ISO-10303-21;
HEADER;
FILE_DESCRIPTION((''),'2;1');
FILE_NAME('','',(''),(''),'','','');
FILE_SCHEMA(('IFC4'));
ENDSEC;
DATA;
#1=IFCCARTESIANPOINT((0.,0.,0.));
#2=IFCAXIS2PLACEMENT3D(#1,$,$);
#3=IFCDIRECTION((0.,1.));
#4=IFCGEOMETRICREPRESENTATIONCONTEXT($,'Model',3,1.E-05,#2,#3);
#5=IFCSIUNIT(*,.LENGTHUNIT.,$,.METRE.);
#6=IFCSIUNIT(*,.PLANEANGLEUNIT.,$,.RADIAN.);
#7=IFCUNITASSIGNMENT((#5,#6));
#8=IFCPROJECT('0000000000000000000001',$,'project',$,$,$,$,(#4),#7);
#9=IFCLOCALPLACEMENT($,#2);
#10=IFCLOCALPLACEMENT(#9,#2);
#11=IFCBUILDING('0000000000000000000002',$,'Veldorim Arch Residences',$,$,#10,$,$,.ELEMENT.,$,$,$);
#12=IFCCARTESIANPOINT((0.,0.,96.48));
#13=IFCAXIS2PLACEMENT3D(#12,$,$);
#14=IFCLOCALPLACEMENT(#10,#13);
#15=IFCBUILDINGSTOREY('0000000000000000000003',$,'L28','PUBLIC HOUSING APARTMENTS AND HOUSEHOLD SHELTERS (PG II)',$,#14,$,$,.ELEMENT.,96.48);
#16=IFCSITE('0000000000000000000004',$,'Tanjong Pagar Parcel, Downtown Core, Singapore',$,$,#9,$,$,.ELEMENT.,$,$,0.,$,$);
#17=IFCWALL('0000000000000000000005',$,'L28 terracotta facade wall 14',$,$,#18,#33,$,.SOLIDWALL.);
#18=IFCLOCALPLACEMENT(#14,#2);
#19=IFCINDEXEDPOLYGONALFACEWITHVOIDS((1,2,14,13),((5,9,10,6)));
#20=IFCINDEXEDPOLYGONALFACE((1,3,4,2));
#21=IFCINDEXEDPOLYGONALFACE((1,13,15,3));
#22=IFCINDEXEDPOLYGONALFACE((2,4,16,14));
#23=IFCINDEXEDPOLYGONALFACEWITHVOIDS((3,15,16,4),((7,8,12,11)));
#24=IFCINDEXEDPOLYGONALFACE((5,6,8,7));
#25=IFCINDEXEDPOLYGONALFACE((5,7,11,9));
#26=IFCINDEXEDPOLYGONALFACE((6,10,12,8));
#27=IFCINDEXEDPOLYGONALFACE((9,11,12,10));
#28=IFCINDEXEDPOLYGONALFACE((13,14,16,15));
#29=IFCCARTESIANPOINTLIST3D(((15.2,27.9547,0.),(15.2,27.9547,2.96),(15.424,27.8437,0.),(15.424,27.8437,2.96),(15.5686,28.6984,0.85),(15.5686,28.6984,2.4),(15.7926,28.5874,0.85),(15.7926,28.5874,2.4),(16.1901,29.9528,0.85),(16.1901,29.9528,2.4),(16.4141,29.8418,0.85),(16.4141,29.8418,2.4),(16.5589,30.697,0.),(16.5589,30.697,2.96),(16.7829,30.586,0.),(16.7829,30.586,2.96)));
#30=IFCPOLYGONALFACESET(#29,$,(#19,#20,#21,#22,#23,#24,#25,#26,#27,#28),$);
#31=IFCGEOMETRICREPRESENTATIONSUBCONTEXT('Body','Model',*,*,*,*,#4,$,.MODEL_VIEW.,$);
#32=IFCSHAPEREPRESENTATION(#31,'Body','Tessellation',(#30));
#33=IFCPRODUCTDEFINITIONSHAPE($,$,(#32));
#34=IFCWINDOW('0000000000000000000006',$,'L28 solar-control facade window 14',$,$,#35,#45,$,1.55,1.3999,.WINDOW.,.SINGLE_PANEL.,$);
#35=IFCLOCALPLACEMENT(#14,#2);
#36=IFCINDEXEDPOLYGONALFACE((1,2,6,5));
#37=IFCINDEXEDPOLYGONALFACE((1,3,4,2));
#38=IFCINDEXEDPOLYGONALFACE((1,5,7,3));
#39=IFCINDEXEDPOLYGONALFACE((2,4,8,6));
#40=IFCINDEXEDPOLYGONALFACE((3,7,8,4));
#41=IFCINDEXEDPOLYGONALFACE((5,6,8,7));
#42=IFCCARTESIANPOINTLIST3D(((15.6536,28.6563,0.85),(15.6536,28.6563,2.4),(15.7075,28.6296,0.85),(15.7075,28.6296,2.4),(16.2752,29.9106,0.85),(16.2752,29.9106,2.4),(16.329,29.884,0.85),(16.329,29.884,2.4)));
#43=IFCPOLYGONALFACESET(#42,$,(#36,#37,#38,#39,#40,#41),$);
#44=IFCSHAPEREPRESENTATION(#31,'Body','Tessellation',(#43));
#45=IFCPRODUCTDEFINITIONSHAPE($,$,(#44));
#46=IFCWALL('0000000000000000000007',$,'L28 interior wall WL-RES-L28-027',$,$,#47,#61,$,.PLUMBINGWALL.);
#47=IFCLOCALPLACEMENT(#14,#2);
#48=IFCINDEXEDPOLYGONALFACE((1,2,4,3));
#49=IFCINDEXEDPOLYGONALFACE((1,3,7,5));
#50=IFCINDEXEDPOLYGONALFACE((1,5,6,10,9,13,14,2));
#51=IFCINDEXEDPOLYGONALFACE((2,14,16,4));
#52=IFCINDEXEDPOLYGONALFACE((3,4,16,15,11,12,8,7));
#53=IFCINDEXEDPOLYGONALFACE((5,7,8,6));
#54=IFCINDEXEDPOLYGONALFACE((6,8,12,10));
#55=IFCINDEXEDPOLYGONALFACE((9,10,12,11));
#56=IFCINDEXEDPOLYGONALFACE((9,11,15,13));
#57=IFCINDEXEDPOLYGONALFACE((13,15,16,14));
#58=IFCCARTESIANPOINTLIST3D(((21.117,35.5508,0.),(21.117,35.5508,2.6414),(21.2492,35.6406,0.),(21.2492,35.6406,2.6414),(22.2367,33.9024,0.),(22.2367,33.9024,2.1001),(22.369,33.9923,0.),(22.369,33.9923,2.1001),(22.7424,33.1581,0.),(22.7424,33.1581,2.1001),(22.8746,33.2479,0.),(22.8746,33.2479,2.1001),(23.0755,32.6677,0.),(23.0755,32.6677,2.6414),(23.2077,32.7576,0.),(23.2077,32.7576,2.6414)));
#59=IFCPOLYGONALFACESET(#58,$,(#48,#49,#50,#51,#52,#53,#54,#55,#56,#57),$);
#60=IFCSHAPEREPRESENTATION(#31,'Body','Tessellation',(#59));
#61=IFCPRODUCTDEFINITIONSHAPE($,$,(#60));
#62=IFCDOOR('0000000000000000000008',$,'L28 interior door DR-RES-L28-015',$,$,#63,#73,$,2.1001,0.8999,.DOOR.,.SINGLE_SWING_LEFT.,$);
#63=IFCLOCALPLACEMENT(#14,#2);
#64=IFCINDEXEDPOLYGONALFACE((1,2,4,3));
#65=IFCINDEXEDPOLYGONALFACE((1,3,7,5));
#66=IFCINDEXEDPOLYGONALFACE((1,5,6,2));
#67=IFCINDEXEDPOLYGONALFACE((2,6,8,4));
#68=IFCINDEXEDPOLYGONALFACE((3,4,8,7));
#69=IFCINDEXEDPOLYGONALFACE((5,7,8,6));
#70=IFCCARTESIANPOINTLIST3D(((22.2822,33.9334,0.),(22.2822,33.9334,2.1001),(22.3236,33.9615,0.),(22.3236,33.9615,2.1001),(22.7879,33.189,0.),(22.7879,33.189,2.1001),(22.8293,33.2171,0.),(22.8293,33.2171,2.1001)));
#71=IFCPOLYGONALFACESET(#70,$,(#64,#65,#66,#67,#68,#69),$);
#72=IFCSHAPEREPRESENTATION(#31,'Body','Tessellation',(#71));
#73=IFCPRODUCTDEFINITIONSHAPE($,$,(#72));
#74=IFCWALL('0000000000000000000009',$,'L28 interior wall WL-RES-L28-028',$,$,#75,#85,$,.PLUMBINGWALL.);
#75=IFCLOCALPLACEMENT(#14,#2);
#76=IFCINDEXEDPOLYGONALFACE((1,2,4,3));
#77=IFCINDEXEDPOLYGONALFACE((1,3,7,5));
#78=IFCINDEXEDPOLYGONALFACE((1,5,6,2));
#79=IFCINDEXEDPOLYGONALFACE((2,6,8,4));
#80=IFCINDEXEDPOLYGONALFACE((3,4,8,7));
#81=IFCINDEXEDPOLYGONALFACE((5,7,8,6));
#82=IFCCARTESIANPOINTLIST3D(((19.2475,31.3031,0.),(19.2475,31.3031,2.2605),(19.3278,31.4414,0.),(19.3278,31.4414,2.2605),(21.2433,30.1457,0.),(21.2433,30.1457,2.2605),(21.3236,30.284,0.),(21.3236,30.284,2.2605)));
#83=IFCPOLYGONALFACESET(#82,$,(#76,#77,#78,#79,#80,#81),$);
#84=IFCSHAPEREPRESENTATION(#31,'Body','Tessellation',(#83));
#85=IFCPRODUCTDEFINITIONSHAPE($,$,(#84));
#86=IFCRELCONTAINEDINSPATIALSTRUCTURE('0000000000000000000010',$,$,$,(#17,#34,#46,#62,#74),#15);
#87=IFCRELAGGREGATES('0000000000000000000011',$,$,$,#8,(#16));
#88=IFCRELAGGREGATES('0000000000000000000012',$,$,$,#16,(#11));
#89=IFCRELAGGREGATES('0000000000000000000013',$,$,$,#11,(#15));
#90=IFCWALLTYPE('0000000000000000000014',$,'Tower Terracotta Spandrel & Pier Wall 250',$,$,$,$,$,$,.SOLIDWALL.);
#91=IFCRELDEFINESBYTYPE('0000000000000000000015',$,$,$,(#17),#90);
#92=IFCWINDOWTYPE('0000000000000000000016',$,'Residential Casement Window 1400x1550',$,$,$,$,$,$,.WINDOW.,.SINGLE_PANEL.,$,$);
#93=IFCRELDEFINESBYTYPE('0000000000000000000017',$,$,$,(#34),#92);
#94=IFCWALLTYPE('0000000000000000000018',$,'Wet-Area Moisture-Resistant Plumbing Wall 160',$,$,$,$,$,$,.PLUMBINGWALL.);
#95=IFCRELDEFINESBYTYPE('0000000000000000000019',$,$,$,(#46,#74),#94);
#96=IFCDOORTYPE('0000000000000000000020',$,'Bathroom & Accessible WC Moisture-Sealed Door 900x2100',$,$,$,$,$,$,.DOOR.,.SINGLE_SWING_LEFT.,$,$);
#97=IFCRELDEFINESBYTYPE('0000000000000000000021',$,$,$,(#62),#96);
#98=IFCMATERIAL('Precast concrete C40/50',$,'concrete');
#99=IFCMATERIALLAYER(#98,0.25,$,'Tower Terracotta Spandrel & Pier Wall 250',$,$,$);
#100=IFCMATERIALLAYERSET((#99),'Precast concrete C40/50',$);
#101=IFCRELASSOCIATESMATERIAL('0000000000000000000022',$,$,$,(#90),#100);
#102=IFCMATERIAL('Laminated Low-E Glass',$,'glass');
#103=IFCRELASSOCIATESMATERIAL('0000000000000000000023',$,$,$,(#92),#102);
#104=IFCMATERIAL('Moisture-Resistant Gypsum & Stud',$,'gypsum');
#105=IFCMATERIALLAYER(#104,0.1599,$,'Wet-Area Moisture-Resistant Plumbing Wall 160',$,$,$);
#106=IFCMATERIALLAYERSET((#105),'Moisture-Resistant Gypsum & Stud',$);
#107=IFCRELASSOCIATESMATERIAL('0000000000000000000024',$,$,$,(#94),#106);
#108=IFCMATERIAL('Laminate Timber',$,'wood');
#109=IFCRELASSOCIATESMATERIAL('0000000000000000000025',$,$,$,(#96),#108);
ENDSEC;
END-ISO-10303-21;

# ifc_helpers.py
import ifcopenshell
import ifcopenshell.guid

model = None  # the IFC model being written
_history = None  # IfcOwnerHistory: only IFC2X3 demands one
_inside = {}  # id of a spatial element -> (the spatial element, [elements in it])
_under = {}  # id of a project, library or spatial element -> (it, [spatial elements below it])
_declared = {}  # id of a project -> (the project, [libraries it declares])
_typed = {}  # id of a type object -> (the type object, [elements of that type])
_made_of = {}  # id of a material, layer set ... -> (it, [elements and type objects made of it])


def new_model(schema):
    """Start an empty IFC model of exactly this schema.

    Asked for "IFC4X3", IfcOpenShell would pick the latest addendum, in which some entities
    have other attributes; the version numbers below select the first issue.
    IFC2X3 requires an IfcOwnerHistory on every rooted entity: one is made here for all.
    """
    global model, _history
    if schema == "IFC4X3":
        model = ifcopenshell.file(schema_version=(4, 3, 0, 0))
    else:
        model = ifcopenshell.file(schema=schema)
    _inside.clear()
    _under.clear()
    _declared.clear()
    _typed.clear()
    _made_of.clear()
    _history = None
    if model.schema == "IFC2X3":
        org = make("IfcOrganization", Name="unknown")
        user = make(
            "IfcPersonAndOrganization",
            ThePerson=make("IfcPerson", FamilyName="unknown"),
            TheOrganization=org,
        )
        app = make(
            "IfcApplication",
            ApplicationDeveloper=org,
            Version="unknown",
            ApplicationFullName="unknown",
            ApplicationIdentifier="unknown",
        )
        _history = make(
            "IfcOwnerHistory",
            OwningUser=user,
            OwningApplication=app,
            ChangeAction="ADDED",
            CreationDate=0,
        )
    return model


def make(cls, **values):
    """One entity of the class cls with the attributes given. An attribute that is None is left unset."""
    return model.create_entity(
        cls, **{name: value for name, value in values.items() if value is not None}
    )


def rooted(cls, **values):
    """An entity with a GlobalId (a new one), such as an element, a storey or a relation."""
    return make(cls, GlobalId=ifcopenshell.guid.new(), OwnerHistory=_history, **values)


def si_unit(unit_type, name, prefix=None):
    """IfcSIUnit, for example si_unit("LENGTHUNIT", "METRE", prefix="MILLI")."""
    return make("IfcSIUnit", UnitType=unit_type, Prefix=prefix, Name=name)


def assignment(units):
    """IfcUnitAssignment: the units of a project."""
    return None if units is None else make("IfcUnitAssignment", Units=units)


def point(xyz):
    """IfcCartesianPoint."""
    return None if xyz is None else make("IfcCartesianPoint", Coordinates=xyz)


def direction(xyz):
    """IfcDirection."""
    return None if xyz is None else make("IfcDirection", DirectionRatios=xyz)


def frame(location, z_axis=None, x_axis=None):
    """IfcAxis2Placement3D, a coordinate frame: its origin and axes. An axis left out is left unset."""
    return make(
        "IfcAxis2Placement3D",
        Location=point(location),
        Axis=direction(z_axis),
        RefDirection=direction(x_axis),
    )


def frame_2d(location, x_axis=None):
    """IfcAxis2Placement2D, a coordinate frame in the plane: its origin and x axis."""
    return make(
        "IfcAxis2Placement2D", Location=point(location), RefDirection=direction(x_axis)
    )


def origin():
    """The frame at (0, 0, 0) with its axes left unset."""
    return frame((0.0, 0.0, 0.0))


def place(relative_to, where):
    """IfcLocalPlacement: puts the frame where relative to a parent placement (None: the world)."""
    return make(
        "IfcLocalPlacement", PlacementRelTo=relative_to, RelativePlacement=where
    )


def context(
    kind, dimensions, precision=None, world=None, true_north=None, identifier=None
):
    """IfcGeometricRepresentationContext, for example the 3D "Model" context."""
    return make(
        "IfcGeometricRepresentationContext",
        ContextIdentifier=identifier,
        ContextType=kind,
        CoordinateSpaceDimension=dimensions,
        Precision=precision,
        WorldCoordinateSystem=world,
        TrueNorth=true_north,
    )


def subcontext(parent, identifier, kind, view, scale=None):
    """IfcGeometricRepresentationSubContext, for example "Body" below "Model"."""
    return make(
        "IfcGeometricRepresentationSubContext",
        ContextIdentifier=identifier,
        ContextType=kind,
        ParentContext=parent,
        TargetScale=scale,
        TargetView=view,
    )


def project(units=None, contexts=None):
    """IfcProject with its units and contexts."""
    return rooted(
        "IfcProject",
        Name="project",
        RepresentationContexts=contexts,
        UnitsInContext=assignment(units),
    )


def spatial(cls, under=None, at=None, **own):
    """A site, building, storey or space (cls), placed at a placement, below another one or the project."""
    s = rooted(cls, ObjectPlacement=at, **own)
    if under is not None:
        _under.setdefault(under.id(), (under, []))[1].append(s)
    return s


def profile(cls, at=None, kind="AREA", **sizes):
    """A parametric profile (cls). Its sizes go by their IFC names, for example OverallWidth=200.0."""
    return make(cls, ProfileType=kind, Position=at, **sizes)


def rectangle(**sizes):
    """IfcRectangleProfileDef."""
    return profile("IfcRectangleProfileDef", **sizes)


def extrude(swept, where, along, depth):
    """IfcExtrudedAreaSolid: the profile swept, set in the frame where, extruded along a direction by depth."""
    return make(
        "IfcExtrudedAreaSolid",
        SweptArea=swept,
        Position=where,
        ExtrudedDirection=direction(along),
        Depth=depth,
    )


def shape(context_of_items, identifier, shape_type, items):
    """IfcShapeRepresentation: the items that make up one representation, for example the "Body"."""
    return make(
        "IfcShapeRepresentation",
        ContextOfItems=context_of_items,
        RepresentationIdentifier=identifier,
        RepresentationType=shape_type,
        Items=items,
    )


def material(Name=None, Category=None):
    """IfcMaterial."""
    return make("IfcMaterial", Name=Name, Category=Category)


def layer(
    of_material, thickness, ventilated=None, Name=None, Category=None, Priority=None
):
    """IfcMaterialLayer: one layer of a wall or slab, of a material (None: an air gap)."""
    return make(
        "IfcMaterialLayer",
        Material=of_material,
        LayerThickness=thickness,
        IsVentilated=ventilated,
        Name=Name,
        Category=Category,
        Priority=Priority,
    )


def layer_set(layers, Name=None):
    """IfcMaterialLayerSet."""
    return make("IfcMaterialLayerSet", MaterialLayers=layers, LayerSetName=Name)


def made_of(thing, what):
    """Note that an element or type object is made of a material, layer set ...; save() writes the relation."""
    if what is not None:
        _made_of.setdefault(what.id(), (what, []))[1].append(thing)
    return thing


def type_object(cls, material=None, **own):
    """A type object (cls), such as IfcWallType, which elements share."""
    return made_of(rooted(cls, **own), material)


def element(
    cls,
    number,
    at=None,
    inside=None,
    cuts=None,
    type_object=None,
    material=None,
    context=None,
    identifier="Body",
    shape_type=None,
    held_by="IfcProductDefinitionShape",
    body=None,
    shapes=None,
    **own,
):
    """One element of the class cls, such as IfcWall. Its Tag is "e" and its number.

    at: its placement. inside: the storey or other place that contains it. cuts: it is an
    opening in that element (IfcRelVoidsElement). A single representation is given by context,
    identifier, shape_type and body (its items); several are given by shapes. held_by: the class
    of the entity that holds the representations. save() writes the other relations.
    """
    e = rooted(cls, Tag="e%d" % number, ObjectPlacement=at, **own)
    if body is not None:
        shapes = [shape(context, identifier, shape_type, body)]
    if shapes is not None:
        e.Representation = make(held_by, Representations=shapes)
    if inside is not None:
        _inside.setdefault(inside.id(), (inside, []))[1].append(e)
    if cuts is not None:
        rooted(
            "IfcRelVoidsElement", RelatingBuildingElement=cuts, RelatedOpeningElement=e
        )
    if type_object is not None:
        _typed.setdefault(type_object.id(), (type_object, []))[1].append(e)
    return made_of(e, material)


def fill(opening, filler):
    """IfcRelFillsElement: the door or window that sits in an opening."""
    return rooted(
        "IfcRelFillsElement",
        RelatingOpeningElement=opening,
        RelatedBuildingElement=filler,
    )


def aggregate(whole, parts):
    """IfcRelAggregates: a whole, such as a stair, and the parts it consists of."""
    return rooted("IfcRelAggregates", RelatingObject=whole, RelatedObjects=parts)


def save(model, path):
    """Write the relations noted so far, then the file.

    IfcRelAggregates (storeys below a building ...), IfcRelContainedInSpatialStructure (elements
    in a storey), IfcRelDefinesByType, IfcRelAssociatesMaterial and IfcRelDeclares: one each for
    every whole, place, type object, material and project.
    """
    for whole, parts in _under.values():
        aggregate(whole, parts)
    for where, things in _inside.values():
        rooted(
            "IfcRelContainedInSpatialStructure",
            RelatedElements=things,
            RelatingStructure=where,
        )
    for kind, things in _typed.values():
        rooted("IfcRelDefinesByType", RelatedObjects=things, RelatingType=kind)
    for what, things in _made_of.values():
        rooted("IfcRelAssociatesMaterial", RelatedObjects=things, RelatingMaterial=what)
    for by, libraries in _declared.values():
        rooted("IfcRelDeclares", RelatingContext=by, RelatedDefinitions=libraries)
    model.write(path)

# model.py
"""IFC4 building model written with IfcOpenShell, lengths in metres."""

from ifc_helpers import new_model, si_unit, direction, frame, frame_2d, origin, place, context, subcontext, project, spatial, rectangle, extrude, material, layer, layer_set, type_object, element, fill, save


model = new_model("IFC4")

# Units and contexts
model_context = context("Model", 3, precision=1e-05, world=origin(), true_north=direction((0.0, 1.0)))
body_context = subcontext(model_context, "Body", "Model", "MODEL_VIEW")
ifc_project = project(units=[si_unit("LENGTHUNIT", "METRE"), si_unit("PLANEANGLEUNIT", "RADIAN")], contexts=[model_context])

# Site, building, storey
site_placement = place(None, origin())
site = spatial("IfcSite", under=ifc_project, at=site_placement, Name="Tanjong Pagar Parcel, Downtown Core, Singapore", CompositionType="ELEMENT", RefElevation=0.0)
building_placement = place(site_placement, origin())
building = spatial("IfcBuilding", under=site, at=building_placement, Name="Veldorim Arch Residences", CompositionType="ELEMENT")
storey_placement = place(building_placement, frame((0.0, 0.0, 96.48)))
storey = spatial("IfcBuildingStorey", under=building, at=storey_placement, Name="L28", Description="PUBLIC HOUSING APARTMENTS AND HOUSEHOLD SHELTERS (PG II)", CompositionType="ELEMENT", Elevation=96.48)

# Shared definitions
ifc_material_1 = material(Name="Precast concrete C40/50", Category="concrete")
ifc_layer_1 = layer(ifc_material_1, 0.25, Name="Tower Terracotta Spandrel & Pier Wall 250")
ifc_layer_set_1 = layer_set([ifc_layer_1], Name="Precast concrete C40/50")
wall_type_1 = type_object("IfcWallType", Name="Tower Terracotta Spandrel & Pier Wall 250", PredefinedType="SOLIDWALL", material=ifc_layer_set_1)

# Wall, opening, window
wall_1_placement = place(storey_placement, frame((15.312, 27.8992, 0.0), z_axis=(0.0, 0.0, 1.0), x_axis=(0.443988, 0.896033, 0.0)))
wall_1 = element("IfcWall", 1, at=wall_1_placement, inside=storey, type_object=wall_type_1, Name="L28 terracotta facade wall 14", PredefinedType="SOLIDWALL", context=body_context, shape_type="SweptSolid", body=[
    extrude(rectangle(XDim=3.0605, YDim=0.25, at=frame_2d((1.5303, 0.0))), origin(), (0.0, 0.0, 1.0), 2.96),
])
opening_1_placement = place(wall_1_placement, frame((0.8301, 0.0, 0.8501)))
opening_1 = element("IfcOpeningElement", 2, at=opening_1_placement, cuts=wall_1, PredefinedType="OPENING", context=body_context, shape_type="SweptSolid", body=[
    extrude(rectangle(XDim=1.3999, YDim=1.55, at=frame_2d((0.7, 0.7749))), frame((0.0, 0.135, 0.0), z_axis=(0.0, -1.0, 0.0), x_axis=(1.0, 0.0, 0.0)), (0.0, 0.0, 1.0), 0.27),
])
ifc_material_2 = material(Name="Laminated Low-E Glass", Category="glass")
window_type_1 = type_object("IfcWindowType", Name="Residential Casement Window 1400x1550", PartitioningType="SINGLE_PANEL", PredefinedType="WINDOW", material=ifc_material_2)
window_1_placement = place(opening_1_placement, origin())
window_1 = element("IfcWindow", 3, at=window_1_placement, inside=storey, type_object=window_type_1, Name="L28 solar-control facade window 14", OverallHeight=1.55, OverallWidth=1.3999, PartitioningType="SINGLE_PANEL", PredefinedType="WINDOW", context=body_context, shape_type="SweptSolid", body=[
    extrude(rectangle(XDim=1.3999, YDim=1.55, at=frame_2d((0.7, 0.7749))), frame((0.0, 0.03, 0.0), z_axis=(0.0, -1.0, 0.0), x_axis=(1.0, 0.0, 0.0)), (0.0, 0.0, 1.0), 0.0601),
])
fill(opening_1, window_1)

# Wall, opening, door
ifc_material_3 = material(Name="Moisture-Resistant Gypsum & Stud", Category="gypsum")
ifc_layer_2 = layer(ifc_material_3, 0.1599, Name="Wet-Area Moisture-Resistant Plumbing Wall 160")
ifc_layer_set_2 = layer_set([ifc_layer_2], Name="Moisture-Resistant Gypsum & Stud")
wall_type_2 = type_object("IfcWallType", Name="Wet-Area Moisture-Resistant Plumbing Wall 160", PredefinedType="PLUMBINGWALL", material=ifc_layer_set_2)
wall_2_placement = place(storey_placement, frame((23.1416, 32.7126, 0.0), z_axis=(0.0, 0.0, 1.0), x_axis=(-0.561921, 0.827191, 0.0)))
wall_2 = element("IfcWall", 4, at=wall_2_placement, inside=storey, type_object=wall_type_2, Name="L28 interior wall WL-RES-L28-027", PredefinedType="PLUMBINGWALL", context=body_context, shape_type="SweptSolid", body=[
    extrude(rectangle(XDim=3.4854, YDim=0.1599, at=frame_2d((1.7427, 0.0))), origin(), (0.0, 0.0, 1.0), 2.6414),
])
opening_2_placement = place(wall_2_placement, frame((0.5928, 0.0, 0.0)))
opening_2 = element("IfcOpeningElement", 5, at=opening_2_placement, cuts=wall_2, PredefinedType="OPENING", context=body_context, shape_type="SweptSolid", body=[
    extrude(rectangle(XDim=0.8999, YDim=2.1001, at=frame_2d((0.45, 1.05))), frame((0.0, 0.0898, 0.0), z_axis=(0.0, -1.0, 0.0), x_axis=(1.0, 0.0, 0.0)), (0.0, 0.0, 1.0), 0.1799),
])
ifc_material_4 = material(Name="Laminate Timber", Category="wood")
door_type_1 = type_object("IfcDoorType", Name="Bathroom & Accessible WC Moisture-Sealed Door 900x2100", OperationType="SINGLE_SWING_LEFT", PredefinedType="DOOR", material=ifc_material_4)
door_1_placement = place(opening_2_placement, origin())
door_1 = element("IfcDoor", 6, at=door_1_placement, inside=storey, type_object=door_type_1, Name="L28 interior door DR-RES-L28-015", OperationType="SINGLE_SWING_LEFT", OverallHeight=2.1001, OverallWidth=0.8999, PredefinedType="DOOR", context=body_context, shape_type="SweptSolid", body=[
    extrude(rectangle(XDim=0.8999, YDim=2.1001, at=frame_2d((0.45, 1.05))), frame((0.0, 0.0249, 0.0), z_axis=(0.0, -1.0, 0.0), x_axis=(1.0, 0.0, 0.0)), (0.0, 0.0, 1.0), 0.05),
])
fill(opening_2, door_1)

# Wall
wall_3_placement = place(storey_placement, frame((21.2834, 30.2148, 0.0), z_axis=(0.0, 0.0, 1.0), x_axis=(-0.865054, 0.501678, 0.0)))
element("IfcWall", 7, at=wall_3_placement, inside=storey, type_object=wall_type_2, Name="L28 interior wall WL-RES-L28-028", PredefinedType="PLUMBINGWALL", context=body_context, shape_type="SweptSolid", body=[
    extrude(rectangle(XDim=2.3071, YDim=0.1599, at=frame_2d((1.1536, 0.0))), origin(), (0.0, 0.0, 1.0), 2.2605),
])

save(model, "model.ifc")
